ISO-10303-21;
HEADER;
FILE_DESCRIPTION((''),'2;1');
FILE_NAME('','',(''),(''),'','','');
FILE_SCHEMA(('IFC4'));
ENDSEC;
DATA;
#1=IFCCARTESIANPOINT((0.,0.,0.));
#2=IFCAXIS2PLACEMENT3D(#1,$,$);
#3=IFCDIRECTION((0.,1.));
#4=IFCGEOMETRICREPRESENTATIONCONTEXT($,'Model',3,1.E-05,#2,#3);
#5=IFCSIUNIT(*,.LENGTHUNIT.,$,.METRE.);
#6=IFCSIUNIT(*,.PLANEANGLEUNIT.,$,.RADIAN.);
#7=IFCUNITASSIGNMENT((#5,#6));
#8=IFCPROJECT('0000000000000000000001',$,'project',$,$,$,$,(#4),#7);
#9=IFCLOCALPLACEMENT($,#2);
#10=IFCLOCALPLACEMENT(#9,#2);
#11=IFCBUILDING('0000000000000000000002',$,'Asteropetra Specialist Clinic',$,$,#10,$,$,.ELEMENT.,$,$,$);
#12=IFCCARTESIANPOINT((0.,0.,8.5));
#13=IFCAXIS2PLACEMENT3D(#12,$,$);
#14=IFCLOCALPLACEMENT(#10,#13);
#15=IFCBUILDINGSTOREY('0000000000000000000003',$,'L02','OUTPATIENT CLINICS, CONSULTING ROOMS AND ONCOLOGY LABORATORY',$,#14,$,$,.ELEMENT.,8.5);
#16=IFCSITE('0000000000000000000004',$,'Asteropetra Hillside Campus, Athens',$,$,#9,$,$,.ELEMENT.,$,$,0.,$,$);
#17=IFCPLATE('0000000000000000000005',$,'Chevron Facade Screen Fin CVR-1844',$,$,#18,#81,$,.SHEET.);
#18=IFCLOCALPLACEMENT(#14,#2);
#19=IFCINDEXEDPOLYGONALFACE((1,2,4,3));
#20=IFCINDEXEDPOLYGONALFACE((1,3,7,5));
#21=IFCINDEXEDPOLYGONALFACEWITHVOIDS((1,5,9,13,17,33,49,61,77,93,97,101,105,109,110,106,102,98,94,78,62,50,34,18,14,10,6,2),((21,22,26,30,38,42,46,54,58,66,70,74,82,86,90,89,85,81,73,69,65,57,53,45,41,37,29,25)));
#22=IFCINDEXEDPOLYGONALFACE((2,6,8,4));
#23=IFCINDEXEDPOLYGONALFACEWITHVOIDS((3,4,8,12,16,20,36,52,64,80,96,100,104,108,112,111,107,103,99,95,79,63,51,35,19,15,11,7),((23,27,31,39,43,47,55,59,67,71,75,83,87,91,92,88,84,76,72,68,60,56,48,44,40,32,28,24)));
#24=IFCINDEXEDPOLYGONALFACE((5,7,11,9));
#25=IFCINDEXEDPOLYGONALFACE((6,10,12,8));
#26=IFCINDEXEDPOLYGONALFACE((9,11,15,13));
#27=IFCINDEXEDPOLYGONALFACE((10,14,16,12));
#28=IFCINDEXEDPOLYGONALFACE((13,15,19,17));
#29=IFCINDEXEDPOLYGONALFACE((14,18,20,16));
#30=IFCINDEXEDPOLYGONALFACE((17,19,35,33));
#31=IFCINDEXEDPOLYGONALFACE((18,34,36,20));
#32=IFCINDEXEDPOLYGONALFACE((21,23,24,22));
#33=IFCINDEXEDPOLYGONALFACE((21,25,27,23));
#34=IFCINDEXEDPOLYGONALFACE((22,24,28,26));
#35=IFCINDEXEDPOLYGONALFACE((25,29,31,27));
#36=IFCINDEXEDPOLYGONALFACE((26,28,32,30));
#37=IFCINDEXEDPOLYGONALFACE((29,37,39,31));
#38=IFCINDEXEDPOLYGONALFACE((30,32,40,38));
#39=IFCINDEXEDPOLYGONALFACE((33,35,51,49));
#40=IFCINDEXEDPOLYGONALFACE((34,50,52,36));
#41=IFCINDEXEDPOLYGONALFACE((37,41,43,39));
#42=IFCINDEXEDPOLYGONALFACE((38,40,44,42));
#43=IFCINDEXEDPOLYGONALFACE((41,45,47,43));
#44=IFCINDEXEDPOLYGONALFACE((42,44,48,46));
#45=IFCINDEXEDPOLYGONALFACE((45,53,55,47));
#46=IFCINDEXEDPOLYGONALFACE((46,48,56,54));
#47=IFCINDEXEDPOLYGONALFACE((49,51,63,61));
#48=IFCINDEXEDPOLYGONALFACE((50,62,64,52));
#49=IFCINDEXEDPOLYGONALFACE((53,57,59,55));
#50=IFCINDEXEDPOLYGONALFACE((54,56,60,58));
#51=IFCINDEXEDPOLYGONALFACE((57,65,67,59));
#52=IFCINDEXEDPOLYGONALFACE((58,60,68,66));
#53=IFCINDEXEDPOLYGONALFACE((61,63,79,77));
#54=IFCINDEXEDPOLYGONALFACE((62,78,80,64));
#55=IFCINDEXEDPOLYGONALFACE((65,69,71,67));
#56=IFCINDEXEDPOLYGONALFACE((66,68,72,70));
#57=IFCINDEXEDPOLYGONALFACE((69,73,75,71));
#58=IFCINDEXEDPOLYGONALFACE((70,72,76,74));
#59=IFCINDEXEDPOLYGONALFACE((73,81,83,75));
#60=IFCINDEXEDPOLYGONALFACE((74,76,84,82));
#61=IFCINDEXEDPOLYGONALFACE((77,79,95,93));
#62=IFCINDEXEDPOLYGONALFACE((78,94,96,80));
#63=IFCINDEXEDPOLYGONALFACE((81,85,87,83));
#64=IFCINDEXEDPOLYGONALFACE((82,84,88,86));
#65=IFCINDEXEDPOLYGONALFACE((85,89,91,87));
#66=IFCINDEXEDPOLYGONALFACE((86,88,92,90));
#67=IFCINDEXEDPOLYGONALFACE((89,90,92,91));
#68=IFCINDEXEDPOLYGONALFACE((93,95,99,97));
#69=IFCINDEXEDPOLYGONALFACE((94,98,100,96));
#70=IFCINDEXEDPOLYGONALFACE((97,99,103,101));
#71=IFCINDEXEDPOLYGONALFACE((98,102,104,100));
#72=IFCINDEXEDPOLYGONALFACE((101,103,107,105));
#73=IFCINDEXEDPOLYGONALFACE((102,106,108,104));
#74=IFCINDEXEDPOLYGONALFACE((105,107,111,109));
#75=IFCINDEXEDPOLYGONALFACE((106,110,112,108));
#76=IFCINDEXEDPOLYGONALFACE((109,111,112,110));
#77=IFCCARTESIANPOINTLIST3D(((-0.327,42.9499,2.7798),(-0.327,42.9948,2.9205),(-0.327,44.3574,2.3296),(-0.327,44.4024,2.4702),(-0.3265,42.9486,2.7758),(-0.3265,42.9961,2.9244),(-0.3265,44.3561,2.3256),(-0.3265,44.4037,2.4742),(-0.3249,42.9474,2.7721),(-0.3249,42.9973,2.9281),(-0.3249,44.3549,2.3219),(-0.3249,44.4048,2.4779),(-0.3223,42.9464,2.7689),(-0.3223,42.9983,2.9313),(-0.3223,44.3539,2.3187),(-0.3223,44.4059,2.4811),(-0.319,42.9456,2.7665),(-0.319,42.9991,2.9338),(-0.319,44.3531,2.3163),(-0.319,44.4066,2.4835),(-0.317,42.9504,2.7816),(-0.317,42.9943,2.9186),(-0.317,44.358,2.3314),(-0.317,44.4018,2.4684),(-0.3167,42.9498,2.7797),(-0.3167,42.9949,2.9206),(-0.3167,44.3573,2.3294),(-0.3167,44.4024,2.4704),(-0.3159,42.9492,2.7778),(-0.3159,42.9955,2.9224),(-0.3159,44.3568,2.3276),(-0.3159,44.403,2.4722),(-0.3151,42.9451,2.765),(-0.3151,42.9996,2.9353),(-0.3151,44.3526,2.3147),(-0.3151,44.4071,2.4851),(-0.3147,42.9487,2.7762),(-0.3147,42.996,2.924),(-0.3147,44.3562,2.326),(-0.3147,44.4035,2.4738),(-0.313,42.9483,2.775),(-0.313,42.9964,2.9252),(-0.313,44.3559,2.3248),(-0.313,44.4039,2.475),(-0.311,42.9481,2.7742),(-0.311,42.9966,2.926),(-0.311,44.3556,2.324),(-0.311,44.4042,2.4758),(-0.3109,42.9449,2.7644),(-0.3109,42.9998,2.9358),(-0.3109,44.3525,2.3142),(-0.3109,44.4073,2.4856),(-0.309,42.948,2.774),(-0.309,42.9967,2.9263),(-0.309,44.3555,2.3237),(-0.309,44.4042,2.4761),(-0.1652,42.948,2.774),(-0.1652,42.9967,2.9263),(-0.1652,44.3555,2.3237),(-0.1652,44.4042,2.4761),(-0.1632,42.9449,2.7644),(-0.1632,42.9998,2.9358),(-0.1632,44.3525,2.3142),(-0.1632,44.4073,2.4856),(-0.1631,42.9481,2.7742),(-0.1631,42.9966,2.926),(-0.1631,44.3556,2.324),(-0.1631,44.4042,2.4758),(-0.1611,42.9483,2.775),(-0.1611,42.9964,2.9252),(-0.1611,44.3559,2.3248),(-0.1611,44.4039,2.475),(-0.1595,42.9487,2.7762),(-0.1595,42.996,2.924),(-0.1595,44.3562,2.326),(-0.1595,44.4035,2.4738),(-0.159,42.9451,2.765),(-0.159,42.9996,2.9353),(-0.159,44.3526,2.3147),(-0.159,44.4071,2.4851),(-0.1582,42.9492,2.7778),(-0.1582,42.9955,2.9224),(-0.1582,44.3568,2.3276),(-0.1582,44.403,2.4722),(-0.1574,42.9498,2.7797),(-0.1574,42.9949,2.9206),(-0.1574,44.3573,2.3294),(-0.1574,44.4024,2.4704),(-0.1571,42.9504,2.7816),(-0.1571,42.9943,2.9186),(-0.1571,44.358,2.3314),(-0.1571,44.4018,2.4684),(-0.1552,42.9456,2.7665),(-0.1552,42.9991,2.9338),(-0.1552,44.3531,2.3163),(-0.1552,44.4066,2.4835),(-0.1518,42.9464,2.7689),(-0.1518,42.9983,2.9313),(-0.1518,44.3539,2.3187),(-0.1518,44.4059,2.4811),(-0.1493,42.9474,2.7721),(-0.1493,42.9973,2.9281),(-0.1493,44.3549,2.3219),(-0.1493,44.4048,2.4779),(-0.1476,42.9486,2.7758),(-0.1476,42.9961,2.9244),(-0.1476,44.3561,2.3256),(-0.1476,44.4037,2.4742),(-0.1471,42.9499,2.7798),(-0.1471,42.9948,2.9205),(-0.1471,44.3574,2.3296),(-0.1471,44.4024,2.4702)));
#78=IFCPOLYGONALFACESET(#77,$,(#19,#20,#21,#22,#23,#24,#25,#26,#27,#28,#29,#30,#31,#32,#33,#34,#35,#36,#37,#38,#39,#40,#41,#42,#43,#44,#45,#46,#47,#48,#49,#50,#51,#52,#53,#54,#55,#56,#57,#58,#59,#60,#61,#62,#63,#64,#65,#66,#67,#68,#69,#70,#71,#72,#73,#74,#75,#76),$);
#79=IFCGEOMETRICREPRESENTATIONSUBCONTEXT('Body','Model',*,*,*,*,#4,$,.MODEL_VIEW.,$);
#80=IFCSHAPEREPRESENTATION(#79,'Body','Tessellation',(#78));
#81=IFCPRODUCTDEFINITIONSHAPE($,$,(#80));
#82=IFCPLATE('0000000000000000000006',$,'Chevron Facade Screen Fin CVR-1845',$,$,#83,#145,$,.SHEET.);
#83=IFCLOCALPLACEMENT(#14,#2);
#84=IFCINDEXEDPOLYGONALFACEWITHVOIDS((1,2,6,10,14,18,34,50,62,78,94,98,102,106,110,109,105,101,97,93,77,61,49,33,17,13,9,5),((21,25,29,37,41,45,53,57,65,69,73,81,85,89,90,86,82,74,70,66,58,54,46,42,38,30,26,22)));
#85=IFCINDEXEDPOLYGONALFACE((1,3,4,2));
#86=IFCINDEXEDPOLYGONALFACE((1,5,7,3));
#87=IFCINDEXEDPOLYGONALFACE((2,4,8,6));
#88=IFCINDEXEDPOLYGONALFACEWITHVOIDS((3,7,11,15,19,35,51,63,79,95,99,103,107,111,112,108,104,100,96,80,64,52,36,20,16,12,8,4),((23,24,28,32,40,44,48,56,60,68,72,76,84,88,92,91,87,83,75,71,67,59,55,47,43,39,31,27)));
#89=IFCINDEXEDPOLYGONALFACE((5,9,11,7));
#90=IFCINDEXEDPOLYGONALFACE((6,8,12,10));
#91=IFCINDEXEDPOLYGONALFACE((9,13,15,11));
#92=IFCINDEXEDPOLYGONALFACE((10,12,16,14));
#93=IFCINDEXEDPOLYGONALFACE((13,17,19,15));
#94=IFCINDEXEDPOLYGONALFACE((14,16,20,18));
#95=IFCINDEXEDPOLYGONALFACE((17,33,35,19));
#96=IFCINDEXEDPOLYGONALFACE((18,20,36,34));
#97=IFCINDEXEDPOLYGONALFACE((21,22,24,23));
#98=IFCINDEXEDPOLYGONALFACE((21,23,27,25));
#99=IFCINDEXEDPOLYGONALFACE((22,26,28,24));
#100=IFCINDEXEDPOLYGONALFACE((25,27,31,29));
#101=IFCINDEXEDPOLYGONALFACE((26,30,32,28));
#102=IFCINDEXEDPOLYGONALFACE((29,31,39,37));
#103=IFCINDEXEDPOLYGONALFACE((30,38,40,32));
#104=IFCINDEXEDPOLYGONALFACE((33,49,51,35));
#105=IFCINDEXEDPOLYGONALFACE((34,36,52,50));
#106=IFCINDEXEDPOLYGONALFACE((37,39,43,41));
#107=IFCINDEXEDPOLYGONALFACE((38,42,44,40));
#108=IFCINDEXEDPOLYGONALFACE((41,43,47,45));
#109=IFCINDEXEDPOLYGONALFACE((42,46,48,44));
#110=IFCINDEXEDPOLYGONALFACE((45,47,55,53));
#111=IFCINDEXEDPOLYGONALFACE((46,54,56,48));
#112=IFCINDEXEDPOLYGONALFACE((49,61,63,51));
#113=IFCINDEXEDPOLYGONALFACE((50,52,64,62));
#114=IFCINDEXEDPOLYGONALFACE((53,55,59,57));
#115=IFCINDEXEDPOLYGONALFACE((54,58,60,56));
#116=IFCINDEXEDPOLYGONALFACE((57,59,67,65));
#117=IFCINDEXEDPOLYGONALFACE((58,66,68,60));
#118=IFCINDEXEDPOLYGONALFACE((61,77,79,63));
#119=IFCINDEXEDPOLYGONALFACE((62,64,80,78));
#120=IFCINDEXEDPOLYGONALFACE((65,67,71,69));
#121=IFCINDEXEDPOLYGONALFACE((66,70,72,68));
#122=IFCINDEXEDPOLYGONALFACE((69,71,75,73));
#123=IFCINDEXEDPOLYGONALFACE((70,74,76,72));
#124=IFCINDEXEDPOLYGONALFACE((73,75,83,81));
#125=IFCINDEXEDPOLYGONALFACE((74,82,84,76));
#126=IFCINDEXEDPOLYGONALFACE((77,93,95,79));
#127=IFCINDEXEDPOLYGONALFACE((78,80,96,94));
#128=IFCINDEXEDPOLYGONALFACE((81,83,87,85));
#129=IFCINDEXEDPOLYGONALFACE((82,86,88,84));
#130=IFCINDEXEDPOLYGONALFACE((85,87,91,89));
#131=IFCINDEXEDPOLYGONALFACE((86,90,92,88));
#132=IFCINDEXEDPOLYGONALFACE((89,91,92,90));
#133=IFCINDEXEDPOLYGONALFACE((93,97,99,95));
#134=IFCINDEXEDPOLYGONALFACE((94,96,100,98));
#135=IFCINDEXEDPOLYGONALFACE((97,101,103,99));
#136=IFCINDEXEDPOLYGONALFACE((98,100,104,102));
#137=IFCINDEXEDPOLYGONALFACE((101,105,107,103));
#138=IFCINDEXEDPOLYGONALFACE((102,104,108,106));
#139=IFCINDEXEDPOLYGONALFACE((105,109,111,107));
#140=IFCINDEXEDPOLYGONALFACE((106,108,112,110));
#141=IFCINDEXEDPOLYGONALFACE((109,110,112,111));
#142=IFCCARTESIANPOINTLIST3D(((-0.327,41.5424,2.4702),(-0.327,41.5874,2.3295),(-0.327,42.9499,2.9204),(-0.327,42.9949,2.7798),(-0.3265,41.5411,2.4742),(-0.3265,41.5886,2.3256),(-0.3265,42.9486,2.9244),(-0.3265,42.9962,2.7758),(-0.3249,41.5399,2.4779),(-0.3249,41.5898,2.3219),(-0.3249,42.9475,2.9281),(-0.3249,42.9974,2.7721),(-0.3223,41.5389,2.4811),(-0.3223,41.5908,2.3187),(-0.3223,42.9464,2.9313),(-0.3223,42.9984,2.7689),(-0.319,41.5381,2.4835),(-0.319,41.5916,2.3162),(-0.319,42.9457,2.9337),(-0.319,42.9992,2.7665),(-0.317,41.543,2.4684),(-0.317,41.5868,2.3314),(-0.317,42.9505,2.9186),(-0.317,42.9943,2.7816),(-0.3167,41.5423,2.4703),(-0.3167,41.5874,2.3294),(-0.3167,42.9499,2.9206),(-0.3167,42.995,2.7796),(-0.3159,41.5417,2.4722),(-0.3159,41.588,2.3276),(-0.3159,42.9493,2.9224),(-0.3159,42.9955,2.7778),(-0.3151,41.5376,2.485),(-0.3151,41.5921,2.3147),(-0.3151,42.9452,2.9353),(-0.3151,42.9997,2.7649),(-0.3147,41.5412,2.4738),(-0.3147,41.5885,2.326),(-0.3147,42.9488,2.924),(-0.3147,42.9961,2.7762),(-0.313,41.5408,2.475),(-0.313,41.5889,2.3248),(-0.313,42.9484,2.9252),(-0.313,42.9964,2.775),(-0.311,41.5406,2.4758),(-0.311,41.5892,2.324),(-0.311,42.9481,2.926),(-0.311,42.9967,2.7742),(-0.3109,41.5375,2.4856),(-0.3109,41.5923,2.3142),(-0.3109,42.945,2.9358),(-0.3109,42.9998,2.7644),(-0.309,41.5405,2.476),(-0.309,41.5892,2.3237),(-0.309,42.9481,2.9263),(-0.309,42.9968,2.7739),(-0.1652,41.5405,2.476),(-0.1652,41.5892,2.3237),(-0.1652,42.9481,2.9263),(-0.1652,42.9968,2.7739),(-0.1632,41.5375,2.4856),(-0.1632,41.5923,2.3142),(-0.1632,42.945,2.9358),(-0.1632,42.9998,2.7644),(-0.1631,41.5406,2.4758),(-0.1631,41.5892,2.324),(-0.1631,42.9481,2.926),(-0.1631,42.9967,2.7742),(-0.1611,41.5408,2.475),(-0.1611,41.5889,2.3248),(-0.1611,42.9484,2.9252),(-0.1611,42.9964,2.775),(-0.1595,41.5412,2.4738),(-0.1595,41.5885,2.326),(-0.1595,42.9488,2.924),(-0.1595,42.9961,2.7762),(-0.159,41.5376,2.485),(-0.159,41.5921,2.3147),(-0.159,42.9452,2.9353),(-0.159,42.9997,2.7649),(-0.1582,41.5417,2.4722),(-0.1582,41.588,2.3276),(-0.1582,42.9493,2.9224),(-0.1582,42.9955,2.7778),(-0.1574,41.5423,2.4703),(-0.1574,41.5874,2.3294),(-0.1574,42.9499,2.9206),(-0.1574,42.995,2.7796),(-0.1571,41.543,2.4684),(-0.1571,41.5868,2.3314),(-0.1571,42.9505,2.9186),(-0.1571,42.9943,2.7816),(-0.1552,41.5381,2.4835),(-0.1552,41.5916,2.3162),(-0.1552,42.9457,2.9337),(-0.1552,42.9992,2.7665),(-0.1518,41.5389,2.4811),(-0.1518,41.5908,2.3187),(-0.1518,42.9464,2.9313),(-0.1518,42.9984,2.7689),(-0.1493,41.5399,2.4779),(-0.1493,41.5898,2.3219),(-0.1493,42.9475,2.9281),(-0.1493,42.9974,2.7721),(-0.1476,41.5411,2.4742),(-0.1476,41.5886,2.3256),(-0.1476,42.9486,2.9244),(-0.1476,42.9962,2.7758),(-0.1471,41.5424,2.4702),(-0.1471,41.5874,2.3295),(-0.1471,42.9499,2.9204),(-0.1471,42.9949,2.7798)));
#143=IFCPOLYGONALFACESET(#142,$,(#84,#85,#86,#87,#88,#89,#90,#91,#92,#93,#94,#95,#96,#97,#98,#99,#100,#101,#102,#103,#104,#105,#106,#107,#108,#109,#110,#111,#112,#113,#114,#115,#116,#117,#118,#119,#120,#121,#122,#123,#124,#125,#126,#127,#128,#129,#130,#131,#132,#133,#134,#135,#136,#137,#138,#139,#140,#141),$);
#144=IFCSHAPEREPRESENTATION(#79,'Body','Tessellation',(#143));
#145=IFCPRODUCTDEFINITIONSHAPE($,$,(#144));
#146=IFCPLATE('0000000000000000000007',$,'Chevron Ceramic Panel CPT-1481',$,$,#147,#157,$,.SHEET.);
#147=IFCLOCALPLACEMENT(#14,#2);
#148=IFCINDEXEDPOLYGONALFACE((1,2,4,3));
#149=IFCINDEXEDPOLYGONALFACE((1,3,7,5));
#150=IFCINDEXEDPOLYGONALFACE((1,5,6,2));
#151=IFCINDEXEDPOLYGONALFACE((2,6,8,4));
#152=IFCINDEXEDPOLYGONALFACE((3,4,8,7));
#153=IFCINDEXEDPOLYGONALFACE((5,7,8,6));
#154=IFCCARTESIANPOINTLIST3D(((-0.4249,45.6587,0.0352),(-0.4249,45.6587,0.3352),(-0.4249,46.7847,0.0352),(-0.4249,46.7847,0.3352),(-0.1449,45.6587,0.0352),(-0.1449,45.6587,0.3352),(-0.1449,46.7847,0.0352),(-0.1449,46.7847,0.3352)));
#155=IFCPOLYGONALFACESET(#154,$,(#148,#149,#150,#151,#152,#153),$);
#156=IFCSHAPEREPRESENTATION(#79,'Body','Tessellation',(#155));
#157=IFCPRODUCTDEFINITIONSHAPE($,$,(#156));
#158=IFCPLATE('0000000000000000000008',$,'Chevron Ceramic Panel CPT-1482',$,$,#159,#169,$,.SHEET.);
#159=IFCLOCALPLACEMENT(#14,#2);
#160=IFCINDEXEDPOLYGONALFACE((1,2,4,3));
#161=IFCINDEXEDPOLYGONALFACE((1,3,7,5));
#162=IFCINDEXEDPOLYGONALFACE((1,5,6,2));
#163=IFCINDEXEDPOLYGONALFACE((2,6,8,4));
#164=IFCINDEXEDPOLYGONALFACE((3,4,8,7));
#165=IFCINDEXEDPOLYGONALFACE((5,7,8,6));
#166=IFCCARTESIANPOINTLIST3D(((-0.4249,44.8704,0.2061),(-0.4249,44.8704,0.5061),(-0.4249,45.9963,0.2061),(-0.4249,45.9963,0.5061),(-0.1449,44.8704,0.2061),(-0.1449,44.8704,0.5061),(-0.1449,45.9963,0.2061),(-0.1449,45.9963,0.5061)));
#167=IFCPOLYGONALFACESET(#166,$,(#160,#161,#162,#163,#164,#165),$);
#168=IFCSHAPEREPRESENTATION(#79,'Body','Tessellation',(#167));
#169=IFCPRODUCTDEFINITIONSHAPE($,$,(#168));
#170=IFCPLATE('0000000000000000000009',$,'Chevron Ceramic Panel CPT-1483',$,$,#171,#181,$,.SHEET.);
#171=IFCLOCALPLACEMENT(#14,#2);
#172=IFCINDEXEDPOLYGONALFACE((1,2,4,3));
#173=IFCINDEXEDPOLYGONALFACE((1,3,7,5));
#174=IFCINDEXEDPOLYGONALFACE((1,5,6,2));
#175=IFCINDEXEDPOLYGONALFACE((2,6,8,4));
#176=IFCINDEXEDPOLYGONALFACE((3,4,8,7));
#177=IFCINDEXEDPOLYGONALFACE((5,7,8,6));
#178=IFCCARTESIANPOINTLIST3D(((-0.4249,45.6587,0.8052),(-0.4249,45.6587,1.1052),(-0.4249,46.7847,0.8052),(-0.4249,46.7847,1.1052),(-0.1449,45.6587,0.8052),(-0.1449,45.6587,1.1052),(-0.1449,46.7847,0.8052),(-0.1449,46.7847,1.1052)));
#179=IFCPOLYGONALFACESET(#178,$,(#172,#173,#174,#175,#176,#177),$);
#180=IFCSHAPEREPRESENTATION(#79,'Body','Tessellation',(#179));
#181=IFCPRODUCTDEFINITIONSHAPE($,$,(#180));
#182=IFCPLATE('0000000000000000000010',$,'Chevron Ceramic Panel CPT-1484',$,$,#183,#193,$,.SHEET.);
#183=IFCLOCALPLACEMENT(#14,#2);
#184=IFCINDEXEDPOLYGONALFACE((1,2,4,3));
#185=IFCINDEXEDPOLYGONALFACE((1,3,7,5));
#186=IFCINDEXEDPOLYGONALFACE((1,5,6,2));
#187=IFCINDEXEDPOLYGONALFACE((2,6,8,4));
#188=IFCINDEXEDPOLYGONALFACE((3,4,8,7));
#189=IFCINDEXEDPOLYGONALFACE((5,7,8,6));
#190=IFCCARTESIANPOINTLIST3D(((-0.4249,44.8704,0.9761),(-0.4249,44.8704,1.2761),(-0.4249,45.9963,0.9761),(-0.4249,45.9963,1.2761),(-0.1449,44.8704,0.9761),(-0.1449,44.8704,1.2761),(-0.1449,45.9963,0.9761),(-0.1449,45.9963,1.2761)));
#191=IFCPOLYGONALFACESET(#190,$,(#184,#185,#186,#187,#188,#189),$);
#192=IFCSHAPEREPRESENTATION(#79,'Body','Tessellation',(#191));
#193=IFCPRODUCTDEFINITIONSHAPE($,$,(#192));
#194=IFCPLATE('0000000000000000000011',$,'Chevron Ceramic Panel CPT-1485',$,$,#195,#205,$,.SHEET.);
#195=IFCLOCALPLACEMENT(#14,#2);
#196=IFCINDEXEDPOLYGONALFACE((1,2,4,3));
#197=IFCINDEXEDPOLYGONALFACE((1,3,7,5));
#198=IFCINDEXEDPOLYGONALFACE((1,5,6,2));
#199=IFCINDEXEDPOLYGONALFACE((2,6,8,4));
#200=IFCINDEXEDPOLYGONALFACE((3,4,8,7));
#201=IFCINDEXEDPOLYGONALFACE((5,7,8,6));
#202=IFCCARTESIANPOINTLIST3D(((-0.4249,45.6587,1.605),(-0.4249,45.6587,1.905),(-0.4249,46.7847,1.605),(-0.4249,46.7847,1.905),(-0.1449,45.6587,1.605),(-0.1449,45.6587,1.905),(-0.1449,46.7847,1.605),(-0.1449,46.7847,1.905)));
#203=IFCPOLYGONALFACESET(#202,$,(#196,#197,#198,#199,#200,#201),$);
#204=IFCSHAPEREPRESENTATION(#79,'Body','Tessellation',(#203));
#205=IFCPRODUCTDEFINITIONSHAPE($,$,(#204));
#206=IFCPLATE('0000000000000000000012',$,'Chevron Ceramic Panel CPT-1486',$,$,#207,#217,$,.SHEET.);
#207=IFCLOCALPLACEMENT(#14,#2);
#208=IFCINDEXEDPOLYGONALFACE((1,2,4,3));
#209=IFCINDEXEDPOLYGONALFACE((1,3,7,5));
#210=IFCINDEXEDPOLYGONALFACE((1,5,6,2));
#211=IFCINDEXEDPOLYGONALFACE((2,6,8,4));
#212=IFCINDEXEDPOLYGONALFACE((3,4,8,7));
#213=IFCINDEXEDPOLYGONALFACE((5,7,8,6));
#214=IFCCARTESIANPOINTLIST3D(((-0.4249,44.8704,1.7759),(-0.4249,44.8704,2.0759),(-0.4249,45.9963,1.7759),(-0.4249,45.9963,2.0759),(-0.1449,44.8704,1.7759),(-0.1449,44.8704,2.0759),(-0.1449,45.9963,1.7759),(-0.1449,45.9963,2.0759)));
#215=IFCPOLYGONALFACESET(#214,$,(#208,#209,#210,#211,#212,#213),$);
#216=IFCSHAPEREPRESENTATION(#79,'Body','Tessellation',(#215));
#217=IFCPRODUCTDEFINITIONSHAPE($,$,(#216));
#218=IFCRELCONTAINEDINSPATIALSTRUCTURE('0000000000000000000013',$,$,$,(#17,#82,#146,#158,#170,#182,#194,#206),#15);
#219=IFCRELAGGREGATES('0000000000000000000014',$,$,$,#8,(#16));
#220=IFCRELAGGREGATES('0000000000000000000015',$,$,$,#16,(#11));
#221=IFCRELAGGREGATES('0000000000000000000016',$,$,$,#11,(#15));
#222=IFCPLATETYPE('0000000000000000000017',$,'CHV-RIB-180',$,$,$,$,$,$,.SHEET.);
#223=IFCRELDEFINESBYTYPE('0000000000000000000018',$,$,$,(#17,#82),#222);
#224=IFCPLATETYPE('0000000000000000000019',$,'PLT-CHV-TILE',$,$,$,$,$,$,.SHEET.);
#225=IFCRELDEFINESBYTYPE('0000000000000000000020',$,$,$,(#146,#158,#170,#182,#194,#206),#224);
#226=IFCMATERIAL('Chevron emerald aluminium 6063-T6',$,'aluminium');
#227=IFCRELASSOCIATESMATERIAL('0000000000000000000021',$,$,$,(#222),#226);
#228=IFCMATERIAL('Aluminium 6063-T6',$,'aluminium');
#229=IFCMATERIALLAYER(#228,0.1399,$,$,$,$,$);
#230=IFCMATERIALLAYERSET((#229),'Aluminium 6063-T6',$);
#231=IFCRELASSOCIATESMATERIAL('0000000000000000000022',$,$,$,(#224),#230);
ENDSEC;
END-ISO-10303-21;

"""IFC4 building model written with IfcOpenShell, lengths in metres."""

from ifc_helpers import new_model, si_unit, direction, frame, origin, origin_2d, place, context, subcontext, project, spatial, rectangle, hollow_rectangle, extrude, material, layer, layer_set, material_profile, profile_set, type_object, element, save


model = new_model("IFC4")

# Units and contexts
model_context = context("Model", 3, precision=1e-05, world=origin(), true_north=direction((0.0, 1.0)))
body_context = subcontext(model_context, "Body", "Model", "MODEL_VIEW")
ifc_project = project(units=[si_unit("LENGTHUNIT", "METRE"), si_unit("PLANEANGLEUNIT", "RADIAN")], contexts=[model_context])

# Site, building, storey
site_placement = place(None, origin())
site = spatial("IfcSite", under=ifc_project, at=site_placement, Name="Asteropetra Hillside Campus, Athens", CompositionType="ELEMENT", RefElevation=0.0)
building_placement = place(site_placement, origin())
building = spatial("IfcBuilding", under=site, at=building_placement, Name="Asteropetra Specialist Clinic", CompositionType="ELEMENT")
storey_placement = place(building_placement, frame((0.0, 0.0, 8.5)))
storey = spatial("IfcBuildingStorey", under=building, at=storey_placement, Name="L02", Description="OUTPATIENT CLINICS, CONSULTING ROOMS AND ONCOLOGY LABORATORY", CompositionType="ELEMENT", Elevation=8.5)

# Plates
ifc_material_1 = material(Name="Chevron emerald aluminium 6063-T6", Category="aluminium")
ifc_material_profile = material_profile(ifc_material_1, hollow_rectangle(XDim=0.1799, YDim=0.1799, WallThickness=0.01, InnerFilletRadius=0.0081, OuterFilletRadius=0.0161, at=origin_2d()), Name="SHS 180x180x10.0")
ifc_profile_set = profile_set([ifc_material_profile], Name="Chevron emerald aluminium 6063-T6")
plate_type_1 = type_object("IfcPlateType", Name="CHV-RIB-180", PredefinedType="SHEET", material=ifc_profile_set)
for number, where, z_axis, x_axis, name in (
    (1, (-0.2371, 44.3799, 2.3999), (0.0, -0.952463, 0.304656), (1.0, 0.0, 0.0), "Chevron Facade Screen Fin CVR-1844"),
    (2, (-0.2371, 42.9724, 2.8501), (0.0, -0.952463, -0.304656), (1.0, 0.0, 0.0), "Chevron Facade Screen Fin CVR-1845"),
):
    element("IfcPlate", number, at=place(storey_placement, frame(where, z_axis=z_axis, x_axis=x_axis)), inside=storey, type_object=plate_type_1, Name=name, PredefinedType="SHEET", context=body_context, shape_type="SweptSolid", body=[
        extrude(hollow_rectangle(XDim=0.1799, YDim=0.1799, WallThickness=0.01, InnerFilletRadius=0.0081, OuterFilletRadius=0.0161, at=origin_2d()), origin(), (0.0, 0.0, 1.0), 1.4778),
    ])
ifc_material_2 = material(Name="Aluminium 6063-T6", Category="aluminium")
ifc_layer_1 = layer(ifc_material_2, 0.1399)
ifc_layer_set_1 = layer_set([ifc_layer_1], Name="Aluminium 6063-T6")
plate_type_2 = type_object("IfcPlateType", Name="PLT-CHV-TILE", PredefinedType="SHEET", material=ifc_layer_set_1)
for number, where, z_axis, x_axis, name in (
    (3, (-0.2849, 46.2217, 0.0352), (0.0, 0.0, 1.0), (1.0, 0.0, 0.0), "Chevron Ceramic Panel CPT-1481"),
    (4, (-0.2849, 45.4333, 0.2061), (0.0, 0.0, 1.0), (1.0, 0.0, 0.0), "Chevron Ceramic Panel CPT-1482"),
    (5, (-0.2849, 46.2217, 0.8052), (0.0, 0.0, 1.0), (1.0, 0.0, 0.0), "Chevron Ceramic Panel CPT-1483"),
    (6, (-0.2849, 45.4333, 0.9761), (0.0, 0.0, 1.0), (1.0, 0.0, 0.0), "Chevron Ceramic Panel CPT-1484"),
    (7, (-0.2849, 46.2217, 1.605), (0.0, 0.0, 1.0), (1.0, 0.0, 0.0), "Chevron Ceramic Panel CPT-1485"),
    (8, (-0.2849, 45.4333, 1.7759), (0.0, 0.0, 1.0), (1.0, 0.0, 0.0), "Chevron Ceramic Panel CPT-1486"),
):
    element("IfcPlate", number, at=place(storey_placement, frame(where, z_axis=z_axis, x_axis=x_axis)), inside=storey, type_object=plate_type_2, Name=name, PredefinedType="SHEET", context=body_context, shape_type="SweptSolid", body=[
        extrude(rectangle(XDim=0.28, YDim=1.126, at=origin_2d()), origin(), (0.0, 0.0, 1.0), 0.3),
    ])

save(model, "model.ifc")
